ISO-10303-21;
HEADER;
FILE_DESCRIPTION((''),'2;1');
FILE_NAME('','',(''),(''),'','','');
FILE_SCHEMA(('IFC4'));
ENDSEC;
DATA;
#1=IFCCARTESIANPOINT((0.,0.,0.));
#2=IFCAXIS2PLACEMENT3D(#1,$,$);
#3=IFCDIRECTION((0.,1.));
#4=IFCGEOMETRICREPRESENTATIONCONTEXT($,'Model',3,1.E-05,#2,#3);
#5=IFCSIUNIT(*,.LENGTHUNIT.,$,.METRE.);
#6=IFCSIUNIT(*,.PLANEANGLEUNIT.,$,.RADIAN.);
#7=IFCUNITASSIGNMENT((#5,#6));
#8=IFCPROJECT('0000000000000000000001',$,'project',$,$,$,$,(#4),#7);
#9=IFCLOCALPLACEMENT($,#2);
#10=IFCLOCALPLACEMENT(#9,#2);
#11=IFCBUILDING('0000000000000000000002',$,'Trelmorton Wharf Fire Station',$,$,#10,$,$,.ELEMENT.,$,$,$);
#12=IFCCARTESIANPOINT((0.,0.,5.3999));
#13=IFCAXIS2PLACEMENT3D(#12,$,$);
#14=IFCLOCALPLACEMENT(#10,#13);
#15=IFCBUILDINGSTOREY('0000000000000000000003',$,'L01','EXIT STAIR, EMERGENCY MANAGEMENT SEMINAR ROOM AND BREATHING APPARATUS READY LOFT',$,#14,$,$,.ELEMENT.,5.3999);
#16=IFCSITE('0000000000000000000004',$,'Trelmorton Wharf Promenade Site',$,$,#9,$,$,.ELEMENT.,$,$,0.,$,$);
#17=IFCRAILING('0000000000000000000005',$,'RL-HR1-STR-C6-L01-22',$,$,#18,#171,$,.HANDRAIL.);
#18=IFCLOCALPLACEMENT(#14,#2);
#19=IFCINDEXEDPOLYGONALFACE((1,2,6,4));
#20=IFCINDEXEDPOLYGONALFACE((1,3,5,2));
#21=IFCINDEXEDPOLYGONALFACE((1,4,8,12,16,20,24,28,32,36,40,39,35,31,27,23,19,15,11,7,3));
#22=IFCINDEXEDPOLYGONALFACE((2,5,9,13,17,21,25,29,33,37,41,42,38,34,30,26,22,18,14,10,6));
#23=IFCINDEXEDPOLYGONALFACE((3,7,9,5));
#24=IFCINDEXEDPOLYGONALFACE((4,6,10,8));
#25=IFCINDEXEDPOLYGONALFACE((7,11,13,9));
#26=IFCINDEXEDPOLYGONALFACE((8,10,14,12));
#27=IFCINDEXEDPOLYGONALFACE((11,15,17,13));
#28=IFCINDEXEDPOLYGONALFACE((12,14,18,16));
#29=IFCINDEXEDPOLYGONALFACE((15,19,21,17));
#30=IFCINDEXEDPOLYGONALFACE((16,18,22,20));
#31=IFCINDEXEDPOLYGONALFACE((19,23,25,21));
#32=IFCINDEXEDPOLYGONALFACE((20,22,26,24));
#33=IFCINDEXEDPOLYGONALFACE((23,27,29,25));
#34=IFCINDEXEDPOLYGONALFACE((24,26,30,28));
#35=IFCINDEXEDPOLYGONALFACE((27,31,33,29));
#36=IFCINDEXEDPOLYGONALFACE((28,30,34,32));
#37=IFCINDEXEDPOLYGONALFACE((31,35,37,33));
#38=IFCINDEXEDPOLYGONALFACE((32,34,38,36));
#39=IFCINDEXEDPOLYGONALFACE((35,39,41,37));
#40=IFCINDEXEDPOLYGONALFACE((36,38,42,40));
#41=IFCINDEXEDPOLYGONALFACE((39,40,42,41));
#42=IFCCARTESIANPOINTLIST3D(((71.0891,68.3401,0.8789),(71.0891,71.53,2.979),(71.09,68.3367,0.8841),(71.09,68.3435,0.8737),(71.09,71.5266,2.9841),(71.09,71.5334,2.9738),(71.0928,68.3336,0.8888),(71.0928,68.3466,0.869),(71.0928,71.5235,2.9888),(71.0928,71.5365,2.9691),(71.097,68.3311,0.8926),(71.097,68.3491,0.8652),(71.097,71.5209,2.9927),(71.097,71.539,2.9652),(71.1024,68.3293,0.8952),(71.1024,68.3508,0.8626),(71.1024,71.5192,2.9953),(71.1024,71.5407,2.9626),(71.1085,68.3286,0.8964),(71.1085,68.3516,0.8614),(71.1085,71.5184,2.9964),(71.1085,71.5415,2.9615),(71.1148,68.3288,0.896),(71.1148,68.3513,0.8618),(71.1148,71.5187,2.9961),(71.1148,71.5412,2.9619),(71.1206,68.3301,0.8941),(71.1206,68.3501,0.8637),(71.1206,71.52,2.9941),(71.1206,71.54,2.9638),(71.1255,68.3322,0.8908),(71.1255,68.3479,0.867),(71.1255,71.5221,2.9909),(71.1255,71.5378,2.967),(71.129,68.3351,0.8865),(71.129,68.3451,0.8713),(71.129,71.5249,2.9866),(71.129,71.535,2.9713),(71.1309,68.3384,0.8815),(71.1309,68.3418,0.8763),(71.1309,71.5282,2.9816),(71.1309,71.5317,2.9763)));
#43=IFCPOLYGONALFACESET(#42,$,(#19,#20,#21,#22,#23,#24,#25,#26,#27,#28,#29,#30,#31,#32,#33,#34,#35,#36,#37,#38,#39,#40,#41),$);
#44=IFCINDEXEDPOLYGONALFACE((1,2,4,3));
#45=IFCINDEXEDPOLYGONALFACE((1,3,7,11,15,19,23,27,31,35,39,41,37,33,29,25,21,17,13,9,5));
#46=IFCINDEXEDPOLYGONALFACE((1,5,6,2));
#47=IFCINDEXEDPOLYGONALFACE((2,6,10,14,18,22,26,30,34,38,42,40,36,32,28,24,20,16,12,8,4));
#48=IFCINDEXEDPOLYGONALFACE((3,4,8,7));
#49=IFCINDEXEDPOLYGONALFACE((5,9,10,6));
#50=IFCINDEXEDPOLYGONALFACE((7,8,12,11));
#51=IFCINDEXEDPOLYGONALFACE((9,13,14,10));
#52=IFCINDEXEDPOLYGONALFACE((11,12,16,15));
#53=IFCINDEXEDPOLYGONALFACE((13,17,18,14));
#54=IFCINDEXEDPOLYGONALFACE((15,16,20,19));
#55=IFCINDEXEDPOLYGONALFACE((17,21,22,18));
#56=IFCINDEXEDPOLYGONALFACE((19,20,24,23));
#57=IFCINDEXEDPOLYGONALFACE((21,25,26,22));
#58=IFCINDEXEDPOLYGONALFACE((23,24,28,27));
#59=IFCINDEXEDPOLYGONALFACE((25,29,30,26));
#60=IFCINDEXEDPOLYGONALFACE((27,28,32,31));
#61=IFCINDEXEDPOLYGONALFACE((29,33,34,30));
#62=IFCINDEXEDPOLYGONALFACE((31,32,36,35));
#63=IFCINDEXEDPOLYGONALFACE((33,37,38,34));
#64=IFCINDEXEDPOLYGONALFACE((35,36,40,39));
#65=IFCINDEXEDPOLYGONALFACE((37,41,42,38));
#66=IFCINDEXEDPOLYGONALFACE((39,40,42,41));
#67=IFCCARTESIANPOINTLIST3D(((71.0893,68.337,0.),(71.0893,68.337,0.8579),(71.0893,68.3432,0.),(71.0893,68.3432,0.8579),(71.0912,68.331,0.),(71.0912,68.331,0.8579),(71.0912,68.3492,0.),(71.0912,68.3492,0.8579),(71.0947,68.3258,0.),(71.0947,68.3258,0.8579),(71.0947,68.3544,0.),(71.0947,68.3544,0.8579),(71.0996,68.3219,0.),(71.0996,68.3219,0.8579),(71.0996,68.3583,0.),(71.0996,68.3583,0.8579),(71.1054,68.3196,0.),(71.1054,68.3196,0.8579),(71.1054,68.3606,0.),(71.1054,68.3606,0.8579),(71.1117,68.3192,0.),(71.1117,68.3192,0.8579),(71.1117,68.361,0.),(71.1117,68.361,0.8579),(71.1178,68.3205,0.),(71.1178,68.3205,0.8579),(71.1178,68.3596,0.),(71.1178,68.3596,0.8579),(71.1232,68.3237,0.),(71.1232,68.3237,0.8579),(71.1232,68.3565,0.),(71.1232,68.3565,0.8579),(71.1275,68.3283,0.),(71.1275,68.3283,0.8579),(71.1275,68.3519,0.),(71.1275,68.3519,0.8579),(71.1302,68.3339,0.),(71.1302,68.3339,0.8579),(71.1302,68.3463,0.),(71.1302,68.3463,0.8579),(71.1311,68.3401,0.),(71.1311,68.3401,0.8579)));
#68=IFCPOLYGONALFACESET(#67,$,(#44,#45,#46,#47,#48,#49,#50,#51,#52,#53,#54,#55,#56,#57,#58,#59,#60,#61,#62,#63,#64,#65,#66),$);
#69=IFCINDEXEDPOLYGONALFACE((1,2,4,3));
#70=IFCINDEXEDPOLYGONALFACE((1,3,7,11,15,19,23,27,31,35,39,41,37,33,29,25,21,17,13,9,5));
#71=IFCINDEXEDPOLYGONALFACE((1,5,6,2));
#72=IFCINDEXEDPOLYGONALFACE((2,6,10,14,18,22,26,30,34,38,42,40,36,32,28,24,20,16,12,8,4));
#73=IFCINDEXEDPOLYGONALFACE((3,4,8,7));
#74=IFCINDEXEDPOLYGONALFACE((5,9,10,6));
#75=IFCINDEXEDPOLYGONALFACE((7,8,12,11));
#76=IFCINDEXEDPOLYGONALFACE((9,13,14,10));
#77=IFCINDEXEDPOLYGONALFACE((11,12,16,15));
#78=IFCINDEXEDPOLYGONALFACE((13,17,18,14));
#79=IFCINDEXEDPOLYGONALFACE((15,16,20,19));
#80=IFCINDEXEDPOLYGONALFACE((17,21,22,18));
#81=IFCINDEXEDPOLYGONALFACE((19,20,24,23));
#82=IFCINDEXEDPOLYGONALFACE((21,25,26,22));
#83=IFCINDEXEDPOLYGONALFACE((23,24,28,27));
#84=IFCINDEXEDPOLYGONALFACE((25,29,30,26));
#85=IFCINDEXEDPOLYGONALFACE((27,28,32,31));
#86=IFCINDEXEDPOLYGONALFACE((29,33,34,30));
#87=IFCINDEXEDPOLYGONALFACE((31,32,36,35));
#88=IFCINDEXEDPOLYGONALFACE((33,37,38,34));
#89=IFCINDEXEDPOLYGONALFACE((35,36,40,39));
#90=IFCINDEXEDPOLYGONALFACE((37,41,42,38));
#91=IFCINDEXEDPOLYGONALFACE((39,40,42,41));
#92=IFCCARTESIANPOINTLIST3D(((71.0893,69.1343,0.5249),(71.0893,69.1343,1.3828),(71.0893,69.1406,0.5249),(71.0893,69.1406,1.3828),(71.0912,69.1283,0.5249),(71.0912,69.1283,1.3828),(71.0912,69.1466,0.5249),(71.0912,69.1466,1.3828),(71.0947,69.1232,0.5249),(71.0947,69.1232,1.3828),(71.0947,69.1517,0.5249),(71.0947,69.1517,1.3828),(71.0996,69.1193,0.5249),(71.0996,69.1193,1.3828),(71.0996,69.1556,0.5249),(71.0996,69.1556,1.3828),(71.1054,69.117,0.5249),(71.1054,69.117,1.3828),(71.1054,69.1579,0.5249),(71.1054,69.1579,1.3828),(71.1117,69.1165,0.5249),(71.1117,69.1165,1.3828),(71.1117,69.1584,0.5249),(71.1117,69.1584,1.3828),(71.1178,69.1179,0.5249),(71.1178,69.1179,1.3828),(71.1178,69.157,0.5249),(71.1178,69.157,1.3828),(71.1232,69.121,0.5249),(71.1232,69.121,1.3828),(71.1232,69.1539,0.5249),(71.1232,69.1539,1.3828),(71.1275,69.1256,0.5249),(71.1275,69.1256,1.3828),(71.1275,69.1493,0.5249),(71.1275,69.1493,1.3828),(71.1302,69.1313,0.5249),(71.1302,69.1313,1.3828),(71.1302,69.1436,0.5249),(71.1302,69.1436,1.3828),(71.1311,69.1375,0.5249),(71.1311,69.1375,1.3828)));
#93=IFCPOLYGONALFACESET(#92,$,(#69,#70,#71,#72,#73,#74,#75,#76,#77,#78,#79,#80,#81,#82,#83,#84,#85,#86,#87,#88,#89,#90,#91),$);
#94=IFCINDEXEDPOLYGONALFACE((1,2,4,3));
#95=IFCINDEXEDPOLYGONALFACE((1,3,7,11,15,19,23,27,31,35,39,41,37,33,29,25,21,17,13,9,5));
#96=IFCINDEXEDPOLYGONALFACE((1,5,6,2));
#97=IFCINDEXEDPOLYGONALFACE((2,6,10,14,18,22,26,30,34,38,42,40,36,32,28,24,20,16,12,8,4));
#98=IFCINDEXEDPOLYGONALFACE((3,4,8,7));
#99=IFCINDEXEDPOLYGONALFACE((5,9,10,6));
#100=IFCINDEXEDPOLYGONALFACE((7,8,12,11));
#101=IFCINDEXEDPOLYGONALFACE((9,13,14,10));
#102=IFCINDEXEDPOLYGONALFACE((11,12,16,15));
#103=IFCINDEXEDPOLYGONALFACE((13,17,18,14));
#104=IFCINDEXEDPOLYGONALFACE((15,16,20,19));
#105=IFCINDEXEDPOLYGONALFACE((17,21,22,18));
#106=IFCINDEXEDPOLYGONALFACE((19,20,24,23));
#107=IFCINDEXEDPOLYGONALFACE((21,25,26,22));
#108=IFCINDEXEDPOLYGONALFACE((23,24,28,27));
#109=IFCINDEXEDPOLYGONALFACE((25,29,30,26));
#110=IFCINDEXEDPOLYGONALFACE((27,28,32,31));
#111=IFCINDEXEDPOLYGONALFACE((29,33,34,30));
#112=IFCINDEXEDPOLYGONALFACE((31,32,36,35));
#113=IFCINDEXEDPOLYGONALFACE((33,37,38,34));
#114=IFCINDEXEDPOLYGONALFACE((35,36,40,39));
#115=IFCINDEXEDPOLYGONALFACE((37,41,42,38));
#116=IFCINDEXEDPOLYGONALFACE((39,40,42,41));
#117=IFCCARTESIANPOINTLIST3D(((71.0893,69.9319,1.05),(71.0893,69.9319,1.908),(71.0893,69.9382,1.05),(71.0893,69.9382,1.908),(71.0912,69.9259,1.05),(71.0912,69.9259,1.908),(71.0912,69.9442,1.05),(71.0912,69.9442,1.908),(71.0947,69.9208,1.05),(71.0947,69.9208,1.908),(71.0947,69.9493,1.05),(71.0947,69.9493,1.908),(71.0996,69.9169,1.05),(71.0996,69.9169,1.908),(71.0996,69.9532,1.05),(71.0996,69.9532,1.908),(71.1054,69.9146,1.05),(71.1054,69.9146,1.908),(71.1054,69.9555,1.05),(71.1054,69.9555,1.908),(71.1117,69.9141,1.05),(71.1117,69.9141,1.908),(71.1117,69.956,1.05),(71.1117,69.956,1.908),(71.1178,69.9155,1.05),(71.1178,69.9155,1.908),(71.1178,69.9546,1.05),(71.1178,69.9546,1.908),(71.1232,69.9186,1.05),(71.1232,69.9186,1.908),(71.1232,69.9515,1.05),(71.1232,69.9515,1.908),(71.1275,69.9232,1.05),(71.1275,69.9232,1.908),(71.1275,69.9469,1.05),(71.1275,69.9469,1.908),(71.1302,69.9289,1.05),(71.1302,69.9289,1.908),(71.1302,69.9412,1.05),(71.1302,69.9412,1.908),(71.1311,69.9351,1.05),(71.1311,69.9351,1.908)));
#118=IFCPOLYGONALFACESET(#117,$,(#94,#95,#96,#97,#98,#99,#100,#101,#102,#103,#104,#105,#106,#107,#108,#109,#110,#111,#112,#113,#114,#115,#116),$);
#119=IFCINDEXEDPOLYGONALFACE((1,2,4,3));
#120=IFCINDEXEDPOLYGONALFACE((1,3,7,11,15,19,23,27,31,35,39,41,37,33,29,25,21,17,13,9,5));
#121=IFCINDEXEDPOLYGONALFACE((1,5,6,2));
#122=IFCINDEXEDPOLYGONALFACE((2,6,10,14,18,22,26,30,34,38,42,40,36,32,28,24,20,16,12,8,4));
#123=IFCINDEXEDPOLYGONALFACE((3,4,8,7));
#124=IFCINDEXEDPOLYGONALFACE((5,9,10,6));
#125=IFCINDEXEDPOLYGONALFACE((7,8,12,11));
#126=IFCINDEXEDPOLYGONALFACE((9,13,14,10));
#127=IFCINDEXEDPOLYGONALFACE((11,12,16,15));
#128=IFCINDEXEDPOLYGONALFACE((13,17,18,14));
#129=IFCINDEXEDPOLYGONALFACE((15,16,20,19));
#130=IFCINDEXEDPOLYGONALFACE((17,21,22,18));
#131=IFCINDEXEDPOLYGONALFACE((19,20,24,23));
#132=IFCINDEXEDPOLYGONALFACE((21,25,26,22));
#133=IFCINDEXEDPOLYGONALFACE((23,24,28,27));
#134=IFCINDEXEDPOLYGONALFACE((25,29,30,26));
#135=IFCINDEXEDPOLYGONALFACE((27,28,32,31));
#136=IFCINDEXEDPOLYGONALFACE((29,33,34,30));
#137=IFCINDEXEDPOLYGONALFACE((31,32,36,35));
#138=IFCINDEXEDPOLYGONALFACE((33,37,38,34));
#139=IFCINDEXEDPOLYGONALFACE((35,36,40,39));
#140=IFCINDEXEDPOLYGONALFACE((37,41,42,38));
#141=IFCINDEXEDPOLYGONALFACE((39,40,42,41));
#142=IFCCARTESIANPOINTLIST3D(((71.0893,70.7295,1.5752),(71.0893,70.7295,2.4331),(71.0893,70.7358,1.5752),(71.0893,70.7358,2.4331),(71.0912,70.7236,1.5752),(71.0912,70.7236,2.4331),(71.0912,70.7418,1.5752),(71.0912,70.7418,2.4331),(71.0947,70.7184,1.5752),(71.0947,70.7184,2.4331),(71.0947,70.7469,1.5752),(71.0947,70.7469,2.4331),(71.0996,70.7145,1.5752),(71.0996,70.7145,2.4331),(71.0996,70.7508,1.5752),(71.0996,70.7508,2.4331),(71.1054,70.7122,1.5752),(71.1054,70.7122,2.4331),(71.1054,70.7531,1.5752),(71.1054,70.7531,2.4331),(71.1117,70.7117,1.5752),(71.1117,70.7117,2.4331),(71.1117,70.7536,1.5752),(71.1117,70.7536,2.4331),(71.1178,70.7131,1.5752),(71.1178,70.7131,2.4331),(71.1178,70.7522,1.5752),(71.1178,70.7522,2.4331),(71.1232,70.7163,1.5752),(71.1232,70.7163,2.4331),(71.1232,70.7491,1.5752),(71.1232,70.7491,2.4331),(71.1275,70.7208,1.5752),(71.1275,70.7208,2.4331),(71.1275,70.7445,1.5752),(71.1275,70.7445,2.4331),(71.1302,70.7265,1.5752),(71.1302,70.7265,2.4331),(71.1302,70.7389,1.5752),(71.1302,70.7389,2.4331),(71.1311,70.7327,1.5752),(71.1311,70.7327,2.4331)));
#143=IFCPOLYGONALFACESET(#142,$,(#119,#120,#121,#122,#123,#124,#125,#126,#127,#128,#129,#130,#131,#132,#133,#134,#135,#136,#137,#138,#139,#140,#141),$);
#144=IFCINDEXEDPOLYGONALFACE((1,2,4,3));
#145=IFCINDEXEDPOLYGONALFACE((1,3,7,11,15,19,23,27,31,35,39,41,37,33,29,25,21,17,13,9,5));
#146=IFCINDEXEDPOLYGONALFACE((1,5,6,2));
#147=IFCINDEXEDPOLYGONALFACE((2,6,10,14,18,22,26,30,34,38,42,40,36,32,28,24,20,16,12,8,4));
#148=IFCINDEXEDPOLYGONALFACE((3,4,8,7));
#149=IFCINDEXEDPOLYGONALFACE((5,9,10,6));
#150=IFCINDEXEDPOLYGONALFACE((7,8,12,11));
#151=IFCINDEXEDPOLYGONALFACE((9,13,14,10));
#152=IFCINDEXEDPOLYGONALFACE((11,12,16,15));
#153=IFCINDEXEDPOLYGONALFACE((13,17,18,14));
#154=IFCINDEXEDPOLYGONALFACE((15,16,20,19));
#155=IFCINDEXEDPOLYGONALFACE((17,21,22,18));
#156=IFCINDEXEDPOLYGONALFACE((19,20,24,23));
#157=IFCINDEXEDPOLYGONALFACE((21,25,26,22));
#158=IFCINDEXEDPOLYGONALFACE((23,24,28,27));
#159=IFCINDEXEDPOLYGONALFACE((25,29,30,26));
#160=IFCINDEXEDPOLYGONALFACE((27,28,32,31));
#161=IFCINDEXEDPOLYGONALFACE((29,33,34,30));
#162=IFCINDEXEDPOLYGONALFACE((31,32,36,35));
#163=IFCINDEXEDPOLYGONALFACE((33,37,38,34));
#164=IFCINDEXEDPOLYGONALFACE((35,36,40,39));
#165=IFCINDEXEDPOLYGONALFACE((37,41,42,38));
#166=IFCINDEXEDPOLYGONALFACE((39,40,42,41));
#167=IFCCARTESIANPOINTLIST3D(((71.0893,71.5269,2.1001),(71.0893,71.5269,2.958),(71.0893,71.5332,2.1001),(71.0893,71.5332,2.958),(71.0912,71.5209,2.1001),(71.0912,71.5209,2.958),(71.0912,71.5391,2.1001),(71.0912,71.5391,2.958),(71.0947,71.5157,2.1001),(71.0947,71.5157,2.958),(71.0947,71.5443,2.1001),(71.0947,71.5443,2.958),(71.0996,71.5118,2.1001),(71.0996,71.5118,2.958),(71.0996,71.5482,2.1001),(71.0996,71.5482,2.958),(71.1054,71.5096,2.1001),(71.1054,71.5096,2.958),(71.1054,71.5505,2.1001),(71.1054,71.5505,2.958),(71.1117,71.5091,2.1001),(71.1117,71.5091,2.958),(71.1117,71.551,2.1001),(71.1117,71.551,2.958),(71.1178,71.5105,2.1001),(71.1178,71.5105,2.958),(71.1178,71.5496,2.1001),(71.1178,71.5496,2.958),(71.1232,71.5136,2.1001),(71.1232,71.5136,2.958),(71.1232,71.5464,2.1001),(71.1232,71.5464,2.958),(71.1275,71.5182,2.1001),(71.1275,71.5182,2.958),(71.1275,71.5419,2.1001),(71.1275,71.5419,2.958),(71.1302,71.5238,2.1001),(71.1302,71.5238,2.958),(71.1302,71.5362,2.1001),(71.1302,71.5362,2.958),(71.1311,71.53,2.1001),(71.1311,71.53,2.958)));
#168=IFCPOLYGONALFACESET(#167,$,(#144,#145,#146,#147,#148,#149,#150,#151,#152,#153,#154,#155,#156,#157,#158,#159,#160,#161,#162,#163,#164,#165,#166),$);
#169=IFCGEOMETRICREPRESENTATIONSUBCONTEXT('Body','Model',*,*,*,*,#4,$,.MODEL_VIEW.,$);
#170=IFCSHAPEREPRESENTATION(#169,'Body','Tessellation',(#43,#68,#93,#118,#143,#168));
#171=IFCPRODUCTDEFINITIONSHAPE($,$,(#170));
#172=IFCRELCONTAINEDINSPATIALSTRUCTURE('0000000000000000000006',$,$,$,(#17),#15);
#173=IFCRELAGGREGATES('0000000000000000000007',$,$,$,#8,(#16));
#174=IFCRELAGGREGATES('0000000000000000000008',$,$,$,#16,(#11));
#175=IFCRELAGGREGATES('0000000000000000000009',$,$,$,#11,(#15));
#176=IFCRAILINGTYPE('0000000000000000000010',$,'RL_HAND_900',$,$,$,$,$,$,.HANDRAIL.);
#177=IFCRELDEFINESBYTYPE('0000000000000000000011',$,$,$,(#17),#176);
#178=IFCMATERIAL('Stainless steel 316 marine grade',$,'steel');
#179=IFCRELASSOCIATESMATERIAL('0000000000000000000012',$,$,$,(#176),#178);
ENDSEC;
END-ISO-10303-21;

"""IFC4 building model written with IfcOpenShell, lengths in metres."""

from ifc_helpers import new_model, si_unit, direction, frame, origin, origin_2d, place, context, subcontext, project, spatial, circle, extrude, material, type_object, element, save


model = new_model("IFC4")

# Units and contexts
model_context = context("Model", 3, precision=1e-05, world=origin(), true_north=direction((0.0, 1.0)))
body_context = subcontext(model_context, "Body", "Model", "MODEL_VIEW")
ifc_project = project(units=[si_unit("LENGTHUNIT", "METRE"), si_unit("PLANEANGLEUNIT", "RADIAN")], contexts=[model_context])

# Site, building, storey
site_placement = place(None, origin())
site = spatial("IfcSite", under=ifc_project, at=site_placement, Name="Trelmorton Wharf Promenade Site", CompositionType="ELEMENT", RefElevation=0.0)
building_placement = place(site_placement, origin())
building = spatial("IfcBuilding", under=site, at=building_placement, Name="Trelmorton Wharf Fire Station", CompositionType="ELEMENT")
storey_placement = place(building_placement, frame((0.0, 0.0, 5.3999)))
storey = spatial("IfcBuildingStorey", under=building, at=storey_placement, Name="L01", Description="EXIT STAIR, EMERGENCY MANAGEMENT SEMINAR ROOM AND BREATHING APPARATUS READY LOFT", CompositionType="ELEMENT", Elevation=5.3999)

# Shared definitions
ifc_material_1 = material(Name="Stainless steel 316 marine grade", Category="steel")

# Railing
railing_type_1 = type_object("IfcRailingType", Name="RL_HAND_900", PredefinedType="HANDRAIL", material=ifc_material_1)
railing_1_placement = place(storey_placement, frame((71.1101, 68.3401, 0.0)))
element("IfcRailing", 1, at=railing_1_placement, inside=storey, type_object=railing_type_1, Name="RL-HR1-STR-C6-L01-22", PredefinedType="HANDRAIL", context=body_context, shape_type="SweptSolid", body=[
    extrude(circle(Radius=0.021, at=origin_2d()), frame((0.0, 0.0, 0.8789), z_axis=(0.0, 0.835242, 0.549882), x_axis=(-1.0, 0.0, 0.0)), (0.0, 0.0, 1.0), 3.8191),
    extrude(circle(Radius=0.021, at=origin_2d()), origin(), (0.0, 0.0, 1.0), 0.8579),
    extrude(circle(Radius=0.021, at=origin_2d()), frame((0.0, 0.7974, 0.5249)), (0.0, 0.0, 1.0), 0.8579),
    extrude(circle(Radius=0.021, at=origin_2d()), frame((0.0, 1.595, 1.05)), (0.0, 0.0, 1.0), 0.8579),
    extrude(circle(Radius=0.021, at=origin_2d()), frame((0.0, 2.3926, 1.5752)), (0.0, 0.0, 1.0), 0.8579),
    extrude(circle(Radius=0.021, at=origin_2d()), frame((0.0, 3.1899, 2.1001)), (0.0, 0.0, 1.0), 0.8579),
])

save(model, "model.ifc")
